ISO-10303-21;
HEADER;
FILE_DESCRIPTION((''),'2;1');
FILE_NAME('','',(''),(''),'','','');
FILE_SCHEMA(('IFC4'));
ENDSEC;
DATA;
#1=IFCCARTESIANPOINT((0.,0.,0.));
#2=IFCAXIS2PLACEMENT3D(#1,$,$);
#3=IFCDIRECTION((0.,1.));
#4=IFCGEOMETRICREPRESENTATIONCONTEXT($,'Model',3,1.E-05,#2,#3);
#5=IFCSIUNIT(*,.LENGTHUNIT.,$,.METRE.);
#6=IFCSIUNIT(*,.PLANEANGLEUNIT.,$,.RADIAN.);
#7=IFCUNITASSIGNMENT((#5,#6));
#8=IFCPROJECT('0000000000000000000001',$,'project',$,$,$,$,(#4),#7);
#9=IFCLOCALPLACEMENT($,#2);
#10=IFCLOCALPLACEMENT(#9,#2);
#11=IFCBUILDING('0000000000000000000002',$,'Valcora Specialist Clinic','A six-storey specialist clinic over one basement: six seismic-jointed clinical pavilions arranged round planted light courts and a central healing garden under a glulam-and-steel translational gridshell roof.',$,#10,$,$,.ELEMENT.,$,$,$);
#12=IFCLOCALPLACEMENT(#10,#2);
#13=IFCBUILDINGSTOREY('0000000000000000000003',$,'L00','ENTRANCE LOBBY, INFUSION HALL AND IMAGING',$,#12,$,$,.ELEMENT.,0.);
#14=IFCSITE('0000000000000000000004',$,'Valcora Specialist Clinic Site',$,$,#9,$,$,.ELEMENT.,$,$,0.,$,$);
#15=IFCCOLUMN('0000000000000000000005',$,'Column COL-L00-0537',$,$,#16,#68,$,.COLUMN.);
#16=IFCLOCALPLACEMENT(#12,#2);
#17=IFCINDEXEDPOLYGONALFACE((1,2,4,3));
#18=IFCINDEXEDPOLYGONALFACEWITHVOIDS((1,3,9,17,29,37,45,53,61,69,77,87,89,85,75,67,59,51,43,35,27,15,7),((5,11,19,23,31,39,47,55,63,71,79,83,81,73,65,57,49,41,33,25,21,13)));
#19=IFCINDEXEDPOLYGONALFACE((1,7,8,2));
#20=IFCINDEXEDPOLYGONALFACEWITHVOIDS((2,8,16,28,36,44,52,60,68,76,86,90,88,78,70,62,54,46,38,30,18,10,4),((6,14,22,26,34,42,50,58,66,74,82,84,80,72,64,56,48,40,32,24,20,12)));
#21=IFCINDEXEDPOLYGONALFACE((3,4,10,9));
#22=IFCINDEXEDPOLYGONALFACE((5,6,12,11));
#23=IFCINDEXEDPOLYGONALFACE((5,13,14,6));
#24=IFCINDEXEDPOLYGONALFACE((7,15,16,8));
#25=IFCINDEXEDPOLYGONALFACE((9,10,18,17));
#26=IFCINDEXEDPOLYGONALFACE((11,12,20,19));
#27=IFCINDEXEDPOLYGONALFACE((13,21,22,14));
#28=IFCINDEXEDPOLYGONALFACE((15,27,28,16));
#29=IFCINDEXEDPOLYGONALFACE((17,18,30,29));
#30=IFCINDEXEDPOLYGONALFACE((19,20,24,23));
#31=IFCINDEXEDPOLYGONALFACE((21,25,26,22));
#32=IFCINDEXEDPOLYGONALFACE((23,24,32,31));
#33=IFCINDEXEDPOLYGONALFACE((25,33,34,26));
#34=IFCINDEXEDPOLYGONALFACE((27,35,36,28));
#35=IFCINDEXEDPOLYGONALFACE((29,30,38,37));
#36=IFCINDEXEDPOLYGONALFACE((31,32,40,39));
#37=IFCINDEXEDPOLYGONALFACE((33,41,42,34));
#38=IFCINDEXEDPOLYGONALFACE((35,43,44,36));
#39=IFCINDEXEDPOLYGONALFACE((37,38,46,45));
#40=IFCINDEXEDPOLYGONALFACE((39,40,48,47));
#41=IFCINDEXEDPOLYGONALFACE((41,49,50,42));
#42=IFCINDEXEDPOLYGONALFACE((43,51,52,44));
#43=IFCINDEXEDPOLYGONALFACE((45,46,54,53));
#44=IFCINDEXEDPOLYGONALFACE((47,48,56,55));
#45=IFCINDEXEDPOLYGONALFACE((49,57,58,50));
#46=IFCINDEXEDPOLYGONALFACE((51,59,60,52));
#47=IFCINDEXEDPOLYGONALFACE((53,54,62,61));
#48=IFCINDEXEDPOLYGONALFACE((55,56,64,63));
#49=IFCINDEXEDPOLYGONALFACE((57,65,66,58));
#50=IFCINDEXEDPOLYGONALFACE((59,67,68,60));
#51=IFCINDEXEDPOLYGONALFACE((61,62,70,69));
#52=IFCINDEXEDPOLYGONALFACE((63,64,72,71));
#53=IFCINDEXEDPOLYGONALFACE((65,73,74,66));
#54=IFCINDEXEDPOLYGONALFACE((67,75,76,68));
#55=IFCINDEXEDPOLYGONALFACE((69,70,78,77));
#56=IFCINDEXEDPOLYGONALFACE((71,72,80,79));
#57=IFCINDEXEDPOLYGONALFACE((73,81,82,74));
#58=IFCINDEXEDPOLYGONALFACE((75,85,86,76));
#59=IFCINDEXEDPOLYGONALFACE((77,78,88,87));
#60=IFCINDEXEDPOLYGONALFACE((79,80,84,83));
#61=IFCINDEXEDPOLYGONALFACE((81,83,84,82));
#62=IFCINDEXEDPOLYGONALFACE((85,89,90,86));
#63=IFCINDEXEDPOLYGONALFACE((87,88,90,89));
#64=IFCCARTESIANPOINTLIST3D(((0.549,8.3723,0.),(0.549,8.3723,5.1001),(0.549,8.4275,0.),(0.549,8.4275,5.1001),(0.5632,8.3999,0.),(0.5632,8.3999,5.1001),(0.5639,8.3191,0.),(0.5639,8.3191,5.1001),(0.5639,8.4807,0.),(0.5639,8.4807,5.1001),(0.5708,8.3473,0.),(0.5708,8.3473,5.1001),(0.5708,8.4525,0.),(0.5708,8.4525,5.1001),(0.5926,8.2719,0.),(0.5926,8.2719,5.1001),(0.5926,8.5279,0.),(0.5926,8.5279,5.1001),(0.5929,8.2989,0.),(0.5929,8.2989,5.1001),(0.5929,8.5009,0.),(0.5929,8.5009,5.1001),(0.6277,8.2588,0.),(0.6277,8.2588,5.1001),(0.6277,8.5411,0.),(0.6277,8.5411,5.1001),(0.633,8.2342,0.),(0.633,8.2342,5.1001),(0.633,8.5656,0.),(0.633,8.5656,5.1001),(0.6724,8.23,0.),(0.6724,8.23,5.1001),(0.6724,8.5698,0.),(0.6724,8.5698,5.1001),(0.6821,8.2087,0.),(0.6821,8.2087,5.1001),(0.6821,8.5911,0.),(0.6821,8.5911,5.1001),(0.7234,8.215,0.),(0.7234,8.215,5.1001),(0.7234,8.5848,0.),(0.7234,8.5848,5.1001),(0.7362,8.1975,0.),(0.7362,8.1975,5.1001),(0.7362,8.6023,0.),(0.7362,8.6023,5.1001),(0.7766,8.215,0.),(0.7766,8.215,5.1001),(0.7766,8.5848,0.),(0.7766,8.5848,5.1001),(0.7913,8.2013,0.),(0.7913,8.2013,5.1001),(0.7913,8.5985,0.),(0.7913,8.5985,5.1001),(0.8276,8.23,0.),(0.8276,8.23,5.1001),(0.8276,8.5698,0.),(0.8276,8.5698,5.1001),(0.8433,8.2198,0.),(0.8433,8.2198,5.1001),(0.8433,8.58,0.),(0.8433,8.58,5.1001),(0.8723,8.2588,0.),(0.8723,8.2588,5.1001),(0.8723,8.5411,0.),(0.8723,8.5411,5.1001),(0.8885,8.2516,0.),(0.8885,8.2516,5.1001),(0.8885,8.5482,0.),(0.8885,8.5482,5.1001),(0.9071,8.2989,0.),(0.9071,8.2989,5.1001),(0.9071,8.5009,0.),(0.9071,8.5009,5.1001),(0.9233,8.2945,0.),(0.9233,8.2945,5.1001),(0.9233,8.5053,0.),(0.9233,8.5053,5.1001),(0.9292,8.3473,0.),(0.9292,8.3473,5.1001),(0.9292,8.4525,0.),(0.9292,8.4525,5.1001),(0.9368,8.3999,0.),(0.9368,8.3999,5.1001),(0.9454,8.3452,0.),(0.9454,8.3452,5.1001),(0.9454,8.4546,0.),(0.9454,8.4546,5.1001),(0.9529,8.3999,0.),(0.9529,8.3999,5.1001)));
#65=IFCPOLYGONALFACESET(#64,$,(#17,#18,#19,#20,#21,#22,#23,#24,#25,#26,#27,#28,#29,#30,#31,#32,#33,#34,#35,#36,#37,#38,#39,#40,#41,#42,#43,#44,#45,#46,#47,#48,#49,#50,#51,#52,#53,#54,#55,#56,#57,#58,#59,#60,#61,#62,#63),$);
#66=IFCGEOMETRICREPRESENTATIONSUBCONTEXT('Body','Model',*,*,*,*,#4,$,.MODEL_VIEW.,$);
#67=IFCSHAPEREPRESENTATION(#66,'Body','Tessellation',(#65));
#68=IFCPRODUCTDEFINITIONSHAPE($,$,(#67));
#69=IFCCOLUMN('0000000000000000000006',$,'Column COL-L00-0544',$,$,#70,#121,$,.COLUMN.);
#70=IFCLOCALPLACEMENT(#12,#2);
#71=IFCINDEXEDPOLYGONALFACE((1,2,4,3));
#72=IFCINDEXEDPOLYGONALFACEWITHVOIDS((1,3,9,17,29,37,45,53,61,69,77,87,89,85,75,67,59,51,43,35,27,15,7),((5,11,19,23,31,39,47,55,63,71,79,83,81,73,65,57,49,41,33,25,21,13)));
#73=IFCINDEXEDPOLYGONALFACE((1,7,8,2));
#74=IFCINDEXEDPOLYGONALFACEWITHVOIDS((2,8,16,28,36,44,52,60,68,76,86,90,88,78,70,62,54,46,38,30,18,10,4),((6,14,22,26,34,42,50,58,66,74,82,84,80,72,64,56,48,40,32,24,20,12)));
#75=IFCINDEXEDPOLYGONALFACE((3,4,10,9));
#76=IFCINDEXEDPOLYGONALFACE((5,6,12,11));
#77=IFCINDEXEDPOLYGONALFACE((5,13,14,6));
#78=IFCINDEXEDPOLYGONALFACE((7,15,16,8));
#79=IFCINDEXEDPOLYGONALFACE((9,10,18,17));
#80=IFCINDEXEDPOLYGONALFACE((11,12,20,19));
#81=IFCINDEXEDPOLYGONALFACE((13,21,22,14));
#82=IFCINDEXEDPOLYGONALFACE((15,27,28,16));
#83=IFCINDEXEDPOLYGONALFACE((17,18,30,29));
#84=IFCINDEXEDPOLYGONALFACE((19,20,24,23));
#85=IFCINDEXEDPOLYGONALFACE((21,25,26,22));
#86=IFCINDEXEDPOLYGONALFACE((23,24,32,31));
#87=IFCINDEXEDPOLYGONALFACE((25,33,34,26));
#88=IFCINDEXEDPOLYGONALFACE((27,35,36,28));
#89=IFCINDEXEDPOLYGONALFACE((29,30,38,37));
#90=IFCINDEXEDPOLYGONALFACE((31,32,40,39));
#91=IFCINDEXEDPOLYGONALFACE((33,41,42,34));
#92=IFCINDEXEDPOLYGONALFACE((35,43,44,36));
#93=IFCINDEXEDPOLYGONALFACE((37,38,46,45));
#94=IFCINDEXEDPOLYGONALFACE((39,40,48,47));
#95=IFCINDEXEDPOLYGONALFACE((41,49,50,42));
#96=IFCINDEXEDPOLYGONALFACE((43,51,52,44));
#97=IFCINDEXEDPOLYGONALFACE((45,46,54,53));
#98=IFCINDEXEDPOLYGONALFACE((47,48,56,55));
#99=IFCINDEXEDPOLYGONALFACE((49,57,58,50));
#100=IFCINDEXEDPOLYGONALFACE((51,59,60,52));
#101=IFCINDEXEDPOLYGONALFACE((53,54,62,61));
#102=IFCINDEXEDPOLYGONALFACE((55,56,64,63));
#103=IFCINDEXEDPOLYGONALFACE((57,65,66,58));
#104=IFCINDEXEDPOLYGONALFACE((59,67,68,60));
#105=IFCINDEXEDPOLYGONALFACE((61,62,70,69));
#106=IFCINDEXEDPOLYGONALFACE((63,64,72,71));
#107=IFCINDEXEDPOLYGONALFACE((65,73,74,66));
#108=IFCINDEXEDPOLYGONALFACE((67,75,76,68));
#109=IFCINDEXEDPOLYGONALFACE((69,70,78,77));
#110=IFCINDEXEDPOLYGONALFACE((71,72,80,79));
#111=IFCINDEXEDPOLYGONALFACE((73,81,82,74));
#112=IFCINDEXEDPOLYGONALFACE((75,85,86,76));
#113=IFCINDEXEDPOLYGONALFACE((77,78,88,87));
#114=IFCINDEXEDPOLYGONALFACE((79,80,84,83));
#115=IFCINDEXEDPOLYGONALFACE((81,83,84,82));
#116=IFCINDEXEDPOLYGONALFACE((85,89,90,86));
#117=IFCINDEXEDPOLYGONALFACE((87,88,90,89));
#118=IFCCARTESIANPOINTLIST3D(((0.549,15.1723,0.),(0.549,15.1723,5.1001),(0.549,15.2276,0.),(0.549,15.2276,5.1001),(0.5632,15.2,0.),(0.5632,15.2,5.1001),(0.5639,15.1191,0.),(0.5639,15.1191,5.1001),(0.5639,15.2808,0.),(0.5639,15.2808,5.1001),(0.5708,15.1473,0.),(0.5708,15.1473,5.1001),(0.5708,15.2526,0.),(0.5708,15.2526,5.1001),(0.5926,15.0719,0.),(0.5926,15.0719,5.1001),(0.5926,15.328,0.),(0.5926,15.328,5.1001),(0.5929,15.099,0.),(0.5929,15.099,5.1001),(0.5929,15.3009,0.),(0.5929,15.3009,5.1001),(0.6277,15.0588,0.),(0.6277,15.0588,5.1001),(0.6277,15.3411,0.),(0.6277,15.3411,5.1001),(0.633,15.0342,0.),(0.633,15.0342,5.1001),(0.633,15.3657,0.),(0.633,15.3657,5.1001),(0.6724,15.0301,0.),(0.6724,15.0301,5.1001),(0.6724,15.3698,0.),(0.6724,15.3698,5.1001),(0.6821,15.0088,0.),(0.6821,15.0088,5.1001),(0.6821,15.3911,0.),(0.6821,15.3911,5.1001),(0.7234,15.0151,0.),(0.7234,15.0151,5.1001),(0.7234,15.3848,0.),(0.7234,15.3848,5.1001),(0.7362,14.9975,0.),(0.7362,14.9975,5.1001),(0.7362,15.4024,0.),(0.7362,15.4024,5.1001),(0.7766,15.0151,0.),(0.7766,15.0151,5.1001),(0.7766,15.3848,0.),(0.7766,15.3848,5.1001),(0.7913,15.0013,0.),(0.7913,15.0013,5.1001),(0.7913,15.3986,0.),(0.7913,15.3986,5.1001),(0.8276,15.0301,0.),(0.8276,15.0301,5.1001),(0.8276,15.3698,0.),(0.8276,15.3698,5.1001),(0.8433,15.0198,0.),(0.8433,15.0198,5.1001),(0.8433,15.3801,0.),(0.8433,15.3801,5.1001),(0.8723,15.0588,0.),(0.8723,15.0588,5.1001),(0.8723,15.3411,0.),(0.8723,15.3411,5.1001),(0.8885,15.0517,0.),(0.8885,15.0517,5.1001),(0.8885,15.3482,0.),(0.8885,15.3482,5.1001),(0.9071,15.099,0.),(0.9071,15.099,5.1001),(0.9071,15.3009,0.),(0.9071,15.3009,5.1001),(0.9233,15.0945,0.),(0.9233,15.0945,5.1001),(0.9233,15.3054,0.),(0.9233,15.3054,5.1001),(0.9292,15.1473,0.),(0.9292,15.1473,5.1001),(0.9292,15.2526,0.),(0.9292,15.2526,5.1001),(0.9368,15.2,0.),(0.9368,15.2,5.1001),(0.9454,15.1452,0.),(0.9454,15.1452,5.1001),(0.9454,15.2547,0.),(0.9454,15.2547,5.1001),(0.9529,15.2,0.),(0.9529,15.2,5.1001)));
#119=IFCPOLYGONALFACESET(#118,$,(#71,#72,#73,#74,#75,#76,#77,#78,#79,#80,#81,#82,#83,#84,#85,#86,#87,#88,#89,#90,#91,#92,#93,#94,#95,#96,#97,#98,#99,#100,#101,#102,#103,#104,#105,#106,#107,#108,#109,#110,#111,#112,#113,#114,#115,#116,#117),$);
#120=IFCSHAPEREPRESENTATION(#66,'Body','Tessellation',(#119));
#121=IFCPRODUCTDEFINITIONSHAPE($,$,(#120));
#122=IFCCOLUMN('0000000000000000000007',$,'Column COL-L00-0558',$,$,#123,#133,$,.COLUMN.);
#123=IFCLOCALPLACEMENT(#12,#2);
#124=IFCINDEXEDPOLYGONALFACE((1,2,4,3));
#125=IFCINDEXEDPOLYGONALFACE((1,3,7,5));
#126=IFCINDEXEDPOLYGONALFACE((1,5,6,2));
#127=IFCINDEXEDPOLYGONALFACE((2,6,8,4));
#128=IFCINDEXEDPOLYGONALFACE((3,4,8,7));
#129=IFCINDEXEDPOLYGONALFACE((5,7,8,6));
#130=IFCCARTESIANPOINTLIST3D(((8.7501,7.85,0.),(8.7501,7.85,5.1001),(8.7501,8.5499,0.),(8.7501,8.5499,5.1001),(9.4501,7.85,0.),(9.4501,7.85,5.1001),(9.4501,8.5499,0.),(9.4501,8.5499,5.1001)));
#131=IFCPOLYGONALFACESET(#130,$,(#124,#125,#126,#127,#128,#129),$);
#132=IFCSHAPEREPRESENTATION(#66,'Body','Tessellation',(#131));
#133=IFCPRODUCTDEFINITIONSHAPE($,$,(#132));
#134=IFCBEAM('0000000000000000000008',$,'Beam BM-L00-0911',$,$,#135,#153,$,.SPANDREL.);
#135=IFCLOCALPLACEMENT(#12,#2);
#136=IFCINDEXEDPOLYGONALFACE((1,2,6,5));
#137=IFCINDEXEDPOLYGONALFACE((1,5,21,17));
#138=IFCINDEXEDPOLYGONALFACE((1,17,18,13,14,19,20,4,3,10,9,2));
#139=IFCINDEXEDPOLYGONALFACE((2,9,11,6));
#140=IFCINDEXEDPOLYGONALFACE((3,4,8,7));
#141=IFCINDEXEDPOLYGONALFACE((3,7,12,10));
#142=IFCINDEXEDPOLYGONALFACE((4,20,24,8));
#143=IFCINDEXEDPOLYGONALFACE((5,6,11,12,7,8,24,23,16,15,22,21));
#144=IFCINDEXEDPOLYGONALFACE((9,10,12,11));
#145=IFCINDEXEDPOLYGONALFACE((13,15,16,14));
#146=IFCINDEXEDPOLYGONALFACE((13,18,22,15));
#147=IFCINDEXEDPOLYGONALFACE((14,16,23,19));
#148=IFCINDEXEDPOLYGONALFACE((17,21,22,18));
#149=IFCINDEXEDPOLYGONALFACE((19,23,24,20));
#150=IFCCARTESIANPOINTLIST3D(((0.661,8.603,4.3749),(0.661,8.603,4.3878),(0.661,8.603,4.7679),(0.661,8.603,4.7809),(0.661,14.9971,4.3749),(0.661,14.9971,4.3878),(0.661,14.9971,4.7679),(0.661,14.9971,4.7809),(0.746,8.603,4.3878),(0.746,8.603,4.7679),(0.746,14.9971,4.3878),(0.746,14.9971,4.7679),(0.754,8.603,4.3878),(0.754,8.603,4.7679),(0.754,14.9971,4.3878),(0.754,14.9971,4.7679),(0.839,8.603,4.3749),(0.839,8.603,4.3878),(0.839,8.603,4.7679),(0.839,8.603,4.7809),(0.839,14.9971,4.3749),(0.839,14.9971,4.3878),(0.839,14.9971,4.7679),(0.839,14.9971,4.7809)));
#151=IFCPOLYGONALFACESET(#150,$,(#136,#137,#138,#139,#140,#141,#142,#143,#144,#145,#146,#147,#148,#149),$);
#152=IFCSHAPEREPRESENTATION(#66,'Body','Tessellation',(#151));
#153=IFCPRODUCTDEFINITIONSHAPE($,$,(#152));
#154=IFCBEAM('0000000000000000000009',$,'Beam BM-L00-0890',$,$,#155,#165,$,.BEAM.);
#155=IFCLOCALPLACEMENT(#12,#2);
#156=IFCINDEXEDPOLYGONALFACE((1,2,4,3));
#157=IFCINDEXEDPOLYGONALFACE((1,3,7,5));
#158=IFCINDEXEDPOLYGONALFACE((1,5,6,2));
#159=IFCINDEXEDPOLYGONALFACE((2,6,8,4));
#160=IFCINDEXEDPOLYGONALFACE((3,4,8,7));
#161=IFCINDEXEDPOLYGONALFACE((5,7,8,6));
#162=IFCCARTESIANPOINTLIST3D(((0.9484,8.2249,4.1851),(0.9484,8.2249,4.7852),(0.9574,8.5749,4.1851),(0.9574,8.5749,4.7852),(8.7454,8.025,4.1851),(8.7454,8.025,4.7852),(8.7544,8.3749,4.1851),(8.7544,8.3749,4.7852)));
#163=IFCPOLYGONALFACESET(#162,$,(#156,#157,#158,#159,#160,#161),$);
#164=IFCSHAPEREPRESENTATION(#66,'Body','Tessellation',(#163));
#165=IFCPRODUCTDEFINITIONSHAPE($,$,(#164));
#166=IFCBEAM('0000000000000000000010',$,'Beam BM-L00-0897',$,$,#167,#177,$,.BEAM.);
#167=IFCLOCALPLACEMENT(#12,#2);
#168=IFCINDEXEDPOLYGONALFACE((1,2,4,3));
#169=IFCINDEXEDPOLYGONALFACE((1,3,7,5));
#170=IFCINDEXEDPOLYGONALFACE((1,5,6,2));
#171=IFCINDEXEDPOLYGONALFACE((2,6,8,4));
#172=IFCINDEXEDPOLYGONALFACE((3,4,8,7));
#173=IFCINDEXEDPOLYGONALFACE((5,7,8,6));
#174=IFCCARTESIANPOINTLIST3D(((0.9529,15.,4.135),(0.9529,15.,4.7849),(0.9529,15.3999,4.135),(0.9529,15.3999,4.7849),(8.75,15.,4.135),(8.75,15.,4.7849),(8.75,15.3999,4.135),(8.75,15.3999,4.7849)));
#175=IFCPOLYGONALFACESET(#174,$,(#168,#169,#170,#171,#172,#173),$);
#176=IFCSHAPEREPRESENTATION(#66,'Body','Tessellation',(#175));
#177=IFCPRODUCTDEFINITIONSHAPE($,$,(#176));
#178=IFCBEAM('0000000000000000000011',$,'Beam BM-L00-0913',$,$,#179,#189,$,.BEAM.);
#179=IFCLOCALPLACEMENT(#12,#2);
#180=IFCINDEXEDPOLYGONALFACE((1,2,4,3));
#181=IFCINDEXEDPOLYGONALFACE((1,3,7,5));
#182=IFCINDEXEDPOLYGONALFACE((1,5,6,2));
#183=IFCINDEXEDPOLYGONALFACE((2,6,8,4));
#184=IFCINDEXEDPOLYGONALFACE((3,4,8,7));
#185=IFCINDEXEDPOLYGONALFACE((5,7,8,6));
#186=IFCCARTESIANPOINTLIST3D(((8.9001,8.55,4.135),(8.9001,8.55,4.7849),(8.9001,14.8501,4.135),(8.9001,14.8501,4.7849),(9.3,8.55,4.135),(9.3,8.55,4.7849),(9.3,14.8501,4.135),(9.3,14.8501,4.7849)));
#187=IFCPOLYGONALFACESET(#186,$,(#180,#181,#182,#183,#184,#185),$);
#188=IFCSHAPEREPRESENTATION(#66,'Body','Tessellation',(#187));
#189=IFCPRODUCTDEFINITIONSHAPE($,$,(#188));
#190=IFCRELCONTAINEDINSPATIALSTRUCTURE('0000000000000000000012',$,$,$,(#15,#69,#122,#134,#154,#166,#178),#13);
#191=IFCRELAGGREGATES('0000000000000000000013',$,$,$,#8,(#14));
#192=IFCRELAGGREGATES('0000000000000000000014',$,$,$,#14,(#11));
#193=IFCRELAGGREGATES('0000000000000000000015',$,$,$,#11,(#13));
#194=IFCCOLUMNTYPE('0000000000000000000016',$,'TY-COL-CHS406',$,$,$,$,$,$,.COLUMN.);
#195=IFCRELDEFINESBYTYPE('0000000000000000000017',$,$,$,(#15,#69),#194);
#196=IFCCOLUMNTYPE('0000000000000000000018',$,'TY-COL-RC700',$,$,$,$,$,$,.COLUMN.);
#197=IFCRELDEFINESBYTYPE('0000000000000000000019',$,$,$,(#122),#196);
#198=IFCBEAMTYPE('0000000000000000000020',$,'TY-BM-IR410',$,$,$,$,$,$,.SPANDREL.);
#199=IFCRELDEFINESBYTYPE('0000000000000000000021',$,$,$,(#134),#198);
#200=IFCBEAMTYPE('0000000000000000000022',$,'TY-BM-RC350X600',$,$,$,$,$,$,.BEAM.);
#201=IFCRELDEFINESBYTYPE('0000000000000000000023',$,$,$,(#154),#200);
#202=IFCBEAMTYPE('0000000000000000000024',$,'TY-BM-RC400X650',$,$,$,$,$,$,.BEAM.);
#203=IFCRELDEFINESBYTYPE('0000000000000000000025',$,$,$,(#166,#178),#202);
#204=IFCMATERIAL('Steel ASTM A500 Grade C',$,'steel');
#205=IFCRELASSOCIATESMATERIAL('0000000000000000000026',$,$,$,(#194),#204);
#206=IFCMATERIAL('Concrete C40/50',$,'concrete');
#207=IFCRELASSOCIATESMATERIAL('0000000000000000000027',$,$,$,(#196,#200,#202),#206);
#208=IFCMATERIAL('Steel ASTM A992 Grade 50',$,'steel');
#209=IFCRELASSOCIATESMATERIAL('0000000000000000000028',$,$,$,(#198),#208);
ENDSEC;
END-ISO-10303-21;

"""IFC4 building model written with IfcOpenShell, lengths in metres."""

from ifc_helpers import new_model, si_unit, direction, frame, origin, origin_2d, place, context, subcontext, project, spatial, rectangle, hollow_circle, i_section, extrude, material, material_profile, profile_set, type_object, element, save


model = new_model("IFC4")

# Units and contexts
model_context = context("Model", 3, precision=1e-05, world=origin(), true_north=direction((0.0, 1.0)))
body_context = subcontext(model_context, "Body", "Model", "MODEL_VIEW")
ifc_project = project(units=[si_unit("LENGTHUNIT", "METRE"), si_unit("PLANEANGLEUNIT", "RADIAN")], contexts=[model_context])

# Site, building, storey
site_placement = place(None, origin())
site = spatial("IfcSite", under=ifc_project, at=site_placement, Name="Valcora Specialist Clinic Site", CompositionType="ELEMENT", RefElevation=0.0)
building_placement = place(site_placement, origin())
building = spatial("IfcBuilding", under=site, at=building_placement, Name="Valcora Specialist Clinic", Description="A six-storey specialist clinic over one basement: six seismic-jointed clinical pavilions arranged round planted light courts and a central healing garden under a glulam-and-steel translational gridshell roof.", CompositionType="ELEMENT")
storey_placement = place(building_placement, origin())
storey = spatial("IfcBuildingStorey", under=building, at=storey_placement, Name="L00", Description="ENTRANCE LOBBY, INFUSION HALL AND IMAGING", CompositionType="ELEMENT", Elevation=0.0)

# Columns
ifc_material_1 = material(Name="Steel ASTM A500 Grade C", Category="steel")
ifc_material_profile_1 = material_profile(ifc_material_1, hollow_circle(Radius=0.2029, WallThickness=0.0161, at=origin_2d()), Name="ST-CHS-406X16")
ifc_profile_set_1 = profile_set([ifc_material_profile_1], Name="Steel ASTM A500 Grade C")
column_type_1 = type_object("IfcColumnType", Name="TY-COL-CHS406", PredefinedType="COLUMN", material=ifc_profile_set_1)
for number, where, z_axis, x_axis, name in (
    (1, (0.75, 8.3999, 0.0), (0.0, 0.0, 1.0), (1.0, 0.0, 0.0), "Column COL-L00-0537"),
    (2, (0.75, 15.2, 0.0), (0.0, 0.0, 1.0), (1.0, 0.0, 0.0), "Column COL-L00-0544"),
):
    element("IfcColumn", number, at=place(storey_placement, frame(where, z_axis=z_axis, x_axis=x_axis)), inside=storey, type_object=column_type_1, Name=name, PredefinedType="COLUMN", context=body_context, shape_type="SweptSolid", body=[
        extrude(hollow_circle(Radius=0.2029, WallThickness=0.0161, at=origin_2d()), origin(), (0.0, 0.0, 1.0), 5.1001),
    ])
ifc_material_2 = material(Name="Concrete C40/50", Category="concrete")
ifc_material_profile_2 = material_profile(ifc_material_2, rectangle(XDim=0.7, YDim=0.7, at=origin_2d()), Name="RC-COL-700X700")
ifc_profile_set_2 = profile_set([ifc_material_profile_2], Name="Concrete C40/50")
column_type_2 = type_object("IfcColumnType", Name="TY-COL-RC700", PredefinedType="COLUMN", material=ifc_profile_set_2)
column_placement = place(storey_placement, frame((9.1001, 8.2, 0.0), z_axis=(0.0, 0.0, 1.0), x_axis=(1.0, 0.0, 0.0)))
element("IfcColumn", 3, at=column_placement, inside=storey, type_object=column_type_2, Name="Column COL-L00-0558", PredefinedType="COLUMN", context=body_context, shape_type="SweptSolid", body=[
    extrude(rectangle(XDim=0.7, YDim=0.7, at=origin_2d()), origin(), (0.0, 0.0, 1.0), 5.1001),
])

# Beams
ifc_material_3 = material(Name="Steel ASTM A992 Grade 50", Category="steel")
ifc_material_profile_3 = material_profile(ifc_material_3, i_section(OverallWidth=0.178, OverallDepth=0.406, WebThickness=0.0081, FlangeThickness=0.0129, at=origin_2d()), Name="ST-IR-410X180")
ifc_profile_set_3 = profile_set([ifc_material_profile_3], Name="Steel ASTM A992 Grade 50")
beam_type_1 = type_object("IfcBeamType", Name="TY-BM-IR410", PredefinedType="SPANDREL", material=ifc_profile_set_3)
beam_1_placement = place(storey_placement, frame((0.75, 8.603, 4.5779), z_axis=(0.0, 1.0, 0.0), x_axis=(-1.0, 0.0, 0.0)))
element("IfcBeam", 4, at=beam_1_placement, inside=storey, type_object=beam_type_1, Name="Beam BM-L00-0911", PredefinedType="SPANDREL", context=body_context, shape_type="SweptSolid", body=[
    extrude(i_section(OverallWidth=0.178, OverallDepth=0.406, WebThickness=0.0081, FlangeThickness=0.0129, at=origin_2d()), origin(), (0.0, 0.0, 1.0), 6.394),
])
ifc_material_profile_4 = material_profile(ifc_material_2, rectangle(XDim=0.3501, YDim=0.6001, at=origin_2d()), Name="RC-BM-350X600")
ifc_profile_set_4 = profile_set([ifc_material_profile_4], Name="Concrete C40/50")
beam_type_2 = type_object("IfcBeamType", Name="TY-BM-RC350X600", PredefinedType="BEAM", material=ifc_profile_set_4)
beam_2_placement = place(storey_placement, frame((0.9529, 8.3999, 4.4851), z_axis=(0.999671, -0.025636, 0.0), x_axis=(0.025636, 0.999671, 0.0)))
element("IfcBeam", 5, at=beam_2_placement, inside=storey, type_object=beam_type_2, Name="Beam BM-L00-0890", PredefinedType="BEAM", context=body_context, shape_type="SweptSolid", body=[
    extrude(rectangle(XDim=0.3501, YDim=0.6001, at=origin_2d()), origin(), (0.0, 0.0, 1.0), 7.7996),
])
ifc_material_profile_5 = material_profile(ifc_material_2, rectangle(XDim=0.3999, YDim=0.6499, at=origin_2d()), Name="RC-BM-400X650")
ifc_profile_set_5 = profile_set([ifc_material_profile_5], Name="Concrete C40/50")
beam_type_3 = type_object("IfcBeamType", Name="TY-BM-RC400X650", PredefinedType="BEAM", material=ifc_profile_set_5)
beam_3_placement = place(storey_placement, frame((0.9529, 15.2, 4.46), z_axis=(1.0, 0.0, 0.0), x_axis=(0.0, 1.0, 0.0)))
element("IfcBeam", 6, at=beam_3_placement, inside=storey, type_object=beam_type_3, Name="Beam BM-L00-0897", PredefinedType="BEAM", context=body_context, shape_type="SweptSolid", body=[
    extrude(rectangle(XDim=0.3999, YDim=0.6499, at=origin_2d()), origin(), (0.0, 0.0, 1.0), 7.7971),
])
beam_4_placement = place(storey_placement, frame((9.1001, 8.55, 4.46), z_axis=(0.0, 1.0, 0.0), x_axis=(-1.0, 0.0, 0.0)))
element("IfcBeam", 7, at=beam_4_placement, inside=storey, type_object=beam_type_3, Name="Beam BM-L00-0913", PredefinedType="BEAM", context=body_context, shape_type="SweptSolid", body=[
    extrude(rectangle(XDim=0.3999, YDim=0.6499, at=origin_2d()), origin(), (0.0, 0.0, 1.0), 6.3),
])

save(model, "model.ifc")
